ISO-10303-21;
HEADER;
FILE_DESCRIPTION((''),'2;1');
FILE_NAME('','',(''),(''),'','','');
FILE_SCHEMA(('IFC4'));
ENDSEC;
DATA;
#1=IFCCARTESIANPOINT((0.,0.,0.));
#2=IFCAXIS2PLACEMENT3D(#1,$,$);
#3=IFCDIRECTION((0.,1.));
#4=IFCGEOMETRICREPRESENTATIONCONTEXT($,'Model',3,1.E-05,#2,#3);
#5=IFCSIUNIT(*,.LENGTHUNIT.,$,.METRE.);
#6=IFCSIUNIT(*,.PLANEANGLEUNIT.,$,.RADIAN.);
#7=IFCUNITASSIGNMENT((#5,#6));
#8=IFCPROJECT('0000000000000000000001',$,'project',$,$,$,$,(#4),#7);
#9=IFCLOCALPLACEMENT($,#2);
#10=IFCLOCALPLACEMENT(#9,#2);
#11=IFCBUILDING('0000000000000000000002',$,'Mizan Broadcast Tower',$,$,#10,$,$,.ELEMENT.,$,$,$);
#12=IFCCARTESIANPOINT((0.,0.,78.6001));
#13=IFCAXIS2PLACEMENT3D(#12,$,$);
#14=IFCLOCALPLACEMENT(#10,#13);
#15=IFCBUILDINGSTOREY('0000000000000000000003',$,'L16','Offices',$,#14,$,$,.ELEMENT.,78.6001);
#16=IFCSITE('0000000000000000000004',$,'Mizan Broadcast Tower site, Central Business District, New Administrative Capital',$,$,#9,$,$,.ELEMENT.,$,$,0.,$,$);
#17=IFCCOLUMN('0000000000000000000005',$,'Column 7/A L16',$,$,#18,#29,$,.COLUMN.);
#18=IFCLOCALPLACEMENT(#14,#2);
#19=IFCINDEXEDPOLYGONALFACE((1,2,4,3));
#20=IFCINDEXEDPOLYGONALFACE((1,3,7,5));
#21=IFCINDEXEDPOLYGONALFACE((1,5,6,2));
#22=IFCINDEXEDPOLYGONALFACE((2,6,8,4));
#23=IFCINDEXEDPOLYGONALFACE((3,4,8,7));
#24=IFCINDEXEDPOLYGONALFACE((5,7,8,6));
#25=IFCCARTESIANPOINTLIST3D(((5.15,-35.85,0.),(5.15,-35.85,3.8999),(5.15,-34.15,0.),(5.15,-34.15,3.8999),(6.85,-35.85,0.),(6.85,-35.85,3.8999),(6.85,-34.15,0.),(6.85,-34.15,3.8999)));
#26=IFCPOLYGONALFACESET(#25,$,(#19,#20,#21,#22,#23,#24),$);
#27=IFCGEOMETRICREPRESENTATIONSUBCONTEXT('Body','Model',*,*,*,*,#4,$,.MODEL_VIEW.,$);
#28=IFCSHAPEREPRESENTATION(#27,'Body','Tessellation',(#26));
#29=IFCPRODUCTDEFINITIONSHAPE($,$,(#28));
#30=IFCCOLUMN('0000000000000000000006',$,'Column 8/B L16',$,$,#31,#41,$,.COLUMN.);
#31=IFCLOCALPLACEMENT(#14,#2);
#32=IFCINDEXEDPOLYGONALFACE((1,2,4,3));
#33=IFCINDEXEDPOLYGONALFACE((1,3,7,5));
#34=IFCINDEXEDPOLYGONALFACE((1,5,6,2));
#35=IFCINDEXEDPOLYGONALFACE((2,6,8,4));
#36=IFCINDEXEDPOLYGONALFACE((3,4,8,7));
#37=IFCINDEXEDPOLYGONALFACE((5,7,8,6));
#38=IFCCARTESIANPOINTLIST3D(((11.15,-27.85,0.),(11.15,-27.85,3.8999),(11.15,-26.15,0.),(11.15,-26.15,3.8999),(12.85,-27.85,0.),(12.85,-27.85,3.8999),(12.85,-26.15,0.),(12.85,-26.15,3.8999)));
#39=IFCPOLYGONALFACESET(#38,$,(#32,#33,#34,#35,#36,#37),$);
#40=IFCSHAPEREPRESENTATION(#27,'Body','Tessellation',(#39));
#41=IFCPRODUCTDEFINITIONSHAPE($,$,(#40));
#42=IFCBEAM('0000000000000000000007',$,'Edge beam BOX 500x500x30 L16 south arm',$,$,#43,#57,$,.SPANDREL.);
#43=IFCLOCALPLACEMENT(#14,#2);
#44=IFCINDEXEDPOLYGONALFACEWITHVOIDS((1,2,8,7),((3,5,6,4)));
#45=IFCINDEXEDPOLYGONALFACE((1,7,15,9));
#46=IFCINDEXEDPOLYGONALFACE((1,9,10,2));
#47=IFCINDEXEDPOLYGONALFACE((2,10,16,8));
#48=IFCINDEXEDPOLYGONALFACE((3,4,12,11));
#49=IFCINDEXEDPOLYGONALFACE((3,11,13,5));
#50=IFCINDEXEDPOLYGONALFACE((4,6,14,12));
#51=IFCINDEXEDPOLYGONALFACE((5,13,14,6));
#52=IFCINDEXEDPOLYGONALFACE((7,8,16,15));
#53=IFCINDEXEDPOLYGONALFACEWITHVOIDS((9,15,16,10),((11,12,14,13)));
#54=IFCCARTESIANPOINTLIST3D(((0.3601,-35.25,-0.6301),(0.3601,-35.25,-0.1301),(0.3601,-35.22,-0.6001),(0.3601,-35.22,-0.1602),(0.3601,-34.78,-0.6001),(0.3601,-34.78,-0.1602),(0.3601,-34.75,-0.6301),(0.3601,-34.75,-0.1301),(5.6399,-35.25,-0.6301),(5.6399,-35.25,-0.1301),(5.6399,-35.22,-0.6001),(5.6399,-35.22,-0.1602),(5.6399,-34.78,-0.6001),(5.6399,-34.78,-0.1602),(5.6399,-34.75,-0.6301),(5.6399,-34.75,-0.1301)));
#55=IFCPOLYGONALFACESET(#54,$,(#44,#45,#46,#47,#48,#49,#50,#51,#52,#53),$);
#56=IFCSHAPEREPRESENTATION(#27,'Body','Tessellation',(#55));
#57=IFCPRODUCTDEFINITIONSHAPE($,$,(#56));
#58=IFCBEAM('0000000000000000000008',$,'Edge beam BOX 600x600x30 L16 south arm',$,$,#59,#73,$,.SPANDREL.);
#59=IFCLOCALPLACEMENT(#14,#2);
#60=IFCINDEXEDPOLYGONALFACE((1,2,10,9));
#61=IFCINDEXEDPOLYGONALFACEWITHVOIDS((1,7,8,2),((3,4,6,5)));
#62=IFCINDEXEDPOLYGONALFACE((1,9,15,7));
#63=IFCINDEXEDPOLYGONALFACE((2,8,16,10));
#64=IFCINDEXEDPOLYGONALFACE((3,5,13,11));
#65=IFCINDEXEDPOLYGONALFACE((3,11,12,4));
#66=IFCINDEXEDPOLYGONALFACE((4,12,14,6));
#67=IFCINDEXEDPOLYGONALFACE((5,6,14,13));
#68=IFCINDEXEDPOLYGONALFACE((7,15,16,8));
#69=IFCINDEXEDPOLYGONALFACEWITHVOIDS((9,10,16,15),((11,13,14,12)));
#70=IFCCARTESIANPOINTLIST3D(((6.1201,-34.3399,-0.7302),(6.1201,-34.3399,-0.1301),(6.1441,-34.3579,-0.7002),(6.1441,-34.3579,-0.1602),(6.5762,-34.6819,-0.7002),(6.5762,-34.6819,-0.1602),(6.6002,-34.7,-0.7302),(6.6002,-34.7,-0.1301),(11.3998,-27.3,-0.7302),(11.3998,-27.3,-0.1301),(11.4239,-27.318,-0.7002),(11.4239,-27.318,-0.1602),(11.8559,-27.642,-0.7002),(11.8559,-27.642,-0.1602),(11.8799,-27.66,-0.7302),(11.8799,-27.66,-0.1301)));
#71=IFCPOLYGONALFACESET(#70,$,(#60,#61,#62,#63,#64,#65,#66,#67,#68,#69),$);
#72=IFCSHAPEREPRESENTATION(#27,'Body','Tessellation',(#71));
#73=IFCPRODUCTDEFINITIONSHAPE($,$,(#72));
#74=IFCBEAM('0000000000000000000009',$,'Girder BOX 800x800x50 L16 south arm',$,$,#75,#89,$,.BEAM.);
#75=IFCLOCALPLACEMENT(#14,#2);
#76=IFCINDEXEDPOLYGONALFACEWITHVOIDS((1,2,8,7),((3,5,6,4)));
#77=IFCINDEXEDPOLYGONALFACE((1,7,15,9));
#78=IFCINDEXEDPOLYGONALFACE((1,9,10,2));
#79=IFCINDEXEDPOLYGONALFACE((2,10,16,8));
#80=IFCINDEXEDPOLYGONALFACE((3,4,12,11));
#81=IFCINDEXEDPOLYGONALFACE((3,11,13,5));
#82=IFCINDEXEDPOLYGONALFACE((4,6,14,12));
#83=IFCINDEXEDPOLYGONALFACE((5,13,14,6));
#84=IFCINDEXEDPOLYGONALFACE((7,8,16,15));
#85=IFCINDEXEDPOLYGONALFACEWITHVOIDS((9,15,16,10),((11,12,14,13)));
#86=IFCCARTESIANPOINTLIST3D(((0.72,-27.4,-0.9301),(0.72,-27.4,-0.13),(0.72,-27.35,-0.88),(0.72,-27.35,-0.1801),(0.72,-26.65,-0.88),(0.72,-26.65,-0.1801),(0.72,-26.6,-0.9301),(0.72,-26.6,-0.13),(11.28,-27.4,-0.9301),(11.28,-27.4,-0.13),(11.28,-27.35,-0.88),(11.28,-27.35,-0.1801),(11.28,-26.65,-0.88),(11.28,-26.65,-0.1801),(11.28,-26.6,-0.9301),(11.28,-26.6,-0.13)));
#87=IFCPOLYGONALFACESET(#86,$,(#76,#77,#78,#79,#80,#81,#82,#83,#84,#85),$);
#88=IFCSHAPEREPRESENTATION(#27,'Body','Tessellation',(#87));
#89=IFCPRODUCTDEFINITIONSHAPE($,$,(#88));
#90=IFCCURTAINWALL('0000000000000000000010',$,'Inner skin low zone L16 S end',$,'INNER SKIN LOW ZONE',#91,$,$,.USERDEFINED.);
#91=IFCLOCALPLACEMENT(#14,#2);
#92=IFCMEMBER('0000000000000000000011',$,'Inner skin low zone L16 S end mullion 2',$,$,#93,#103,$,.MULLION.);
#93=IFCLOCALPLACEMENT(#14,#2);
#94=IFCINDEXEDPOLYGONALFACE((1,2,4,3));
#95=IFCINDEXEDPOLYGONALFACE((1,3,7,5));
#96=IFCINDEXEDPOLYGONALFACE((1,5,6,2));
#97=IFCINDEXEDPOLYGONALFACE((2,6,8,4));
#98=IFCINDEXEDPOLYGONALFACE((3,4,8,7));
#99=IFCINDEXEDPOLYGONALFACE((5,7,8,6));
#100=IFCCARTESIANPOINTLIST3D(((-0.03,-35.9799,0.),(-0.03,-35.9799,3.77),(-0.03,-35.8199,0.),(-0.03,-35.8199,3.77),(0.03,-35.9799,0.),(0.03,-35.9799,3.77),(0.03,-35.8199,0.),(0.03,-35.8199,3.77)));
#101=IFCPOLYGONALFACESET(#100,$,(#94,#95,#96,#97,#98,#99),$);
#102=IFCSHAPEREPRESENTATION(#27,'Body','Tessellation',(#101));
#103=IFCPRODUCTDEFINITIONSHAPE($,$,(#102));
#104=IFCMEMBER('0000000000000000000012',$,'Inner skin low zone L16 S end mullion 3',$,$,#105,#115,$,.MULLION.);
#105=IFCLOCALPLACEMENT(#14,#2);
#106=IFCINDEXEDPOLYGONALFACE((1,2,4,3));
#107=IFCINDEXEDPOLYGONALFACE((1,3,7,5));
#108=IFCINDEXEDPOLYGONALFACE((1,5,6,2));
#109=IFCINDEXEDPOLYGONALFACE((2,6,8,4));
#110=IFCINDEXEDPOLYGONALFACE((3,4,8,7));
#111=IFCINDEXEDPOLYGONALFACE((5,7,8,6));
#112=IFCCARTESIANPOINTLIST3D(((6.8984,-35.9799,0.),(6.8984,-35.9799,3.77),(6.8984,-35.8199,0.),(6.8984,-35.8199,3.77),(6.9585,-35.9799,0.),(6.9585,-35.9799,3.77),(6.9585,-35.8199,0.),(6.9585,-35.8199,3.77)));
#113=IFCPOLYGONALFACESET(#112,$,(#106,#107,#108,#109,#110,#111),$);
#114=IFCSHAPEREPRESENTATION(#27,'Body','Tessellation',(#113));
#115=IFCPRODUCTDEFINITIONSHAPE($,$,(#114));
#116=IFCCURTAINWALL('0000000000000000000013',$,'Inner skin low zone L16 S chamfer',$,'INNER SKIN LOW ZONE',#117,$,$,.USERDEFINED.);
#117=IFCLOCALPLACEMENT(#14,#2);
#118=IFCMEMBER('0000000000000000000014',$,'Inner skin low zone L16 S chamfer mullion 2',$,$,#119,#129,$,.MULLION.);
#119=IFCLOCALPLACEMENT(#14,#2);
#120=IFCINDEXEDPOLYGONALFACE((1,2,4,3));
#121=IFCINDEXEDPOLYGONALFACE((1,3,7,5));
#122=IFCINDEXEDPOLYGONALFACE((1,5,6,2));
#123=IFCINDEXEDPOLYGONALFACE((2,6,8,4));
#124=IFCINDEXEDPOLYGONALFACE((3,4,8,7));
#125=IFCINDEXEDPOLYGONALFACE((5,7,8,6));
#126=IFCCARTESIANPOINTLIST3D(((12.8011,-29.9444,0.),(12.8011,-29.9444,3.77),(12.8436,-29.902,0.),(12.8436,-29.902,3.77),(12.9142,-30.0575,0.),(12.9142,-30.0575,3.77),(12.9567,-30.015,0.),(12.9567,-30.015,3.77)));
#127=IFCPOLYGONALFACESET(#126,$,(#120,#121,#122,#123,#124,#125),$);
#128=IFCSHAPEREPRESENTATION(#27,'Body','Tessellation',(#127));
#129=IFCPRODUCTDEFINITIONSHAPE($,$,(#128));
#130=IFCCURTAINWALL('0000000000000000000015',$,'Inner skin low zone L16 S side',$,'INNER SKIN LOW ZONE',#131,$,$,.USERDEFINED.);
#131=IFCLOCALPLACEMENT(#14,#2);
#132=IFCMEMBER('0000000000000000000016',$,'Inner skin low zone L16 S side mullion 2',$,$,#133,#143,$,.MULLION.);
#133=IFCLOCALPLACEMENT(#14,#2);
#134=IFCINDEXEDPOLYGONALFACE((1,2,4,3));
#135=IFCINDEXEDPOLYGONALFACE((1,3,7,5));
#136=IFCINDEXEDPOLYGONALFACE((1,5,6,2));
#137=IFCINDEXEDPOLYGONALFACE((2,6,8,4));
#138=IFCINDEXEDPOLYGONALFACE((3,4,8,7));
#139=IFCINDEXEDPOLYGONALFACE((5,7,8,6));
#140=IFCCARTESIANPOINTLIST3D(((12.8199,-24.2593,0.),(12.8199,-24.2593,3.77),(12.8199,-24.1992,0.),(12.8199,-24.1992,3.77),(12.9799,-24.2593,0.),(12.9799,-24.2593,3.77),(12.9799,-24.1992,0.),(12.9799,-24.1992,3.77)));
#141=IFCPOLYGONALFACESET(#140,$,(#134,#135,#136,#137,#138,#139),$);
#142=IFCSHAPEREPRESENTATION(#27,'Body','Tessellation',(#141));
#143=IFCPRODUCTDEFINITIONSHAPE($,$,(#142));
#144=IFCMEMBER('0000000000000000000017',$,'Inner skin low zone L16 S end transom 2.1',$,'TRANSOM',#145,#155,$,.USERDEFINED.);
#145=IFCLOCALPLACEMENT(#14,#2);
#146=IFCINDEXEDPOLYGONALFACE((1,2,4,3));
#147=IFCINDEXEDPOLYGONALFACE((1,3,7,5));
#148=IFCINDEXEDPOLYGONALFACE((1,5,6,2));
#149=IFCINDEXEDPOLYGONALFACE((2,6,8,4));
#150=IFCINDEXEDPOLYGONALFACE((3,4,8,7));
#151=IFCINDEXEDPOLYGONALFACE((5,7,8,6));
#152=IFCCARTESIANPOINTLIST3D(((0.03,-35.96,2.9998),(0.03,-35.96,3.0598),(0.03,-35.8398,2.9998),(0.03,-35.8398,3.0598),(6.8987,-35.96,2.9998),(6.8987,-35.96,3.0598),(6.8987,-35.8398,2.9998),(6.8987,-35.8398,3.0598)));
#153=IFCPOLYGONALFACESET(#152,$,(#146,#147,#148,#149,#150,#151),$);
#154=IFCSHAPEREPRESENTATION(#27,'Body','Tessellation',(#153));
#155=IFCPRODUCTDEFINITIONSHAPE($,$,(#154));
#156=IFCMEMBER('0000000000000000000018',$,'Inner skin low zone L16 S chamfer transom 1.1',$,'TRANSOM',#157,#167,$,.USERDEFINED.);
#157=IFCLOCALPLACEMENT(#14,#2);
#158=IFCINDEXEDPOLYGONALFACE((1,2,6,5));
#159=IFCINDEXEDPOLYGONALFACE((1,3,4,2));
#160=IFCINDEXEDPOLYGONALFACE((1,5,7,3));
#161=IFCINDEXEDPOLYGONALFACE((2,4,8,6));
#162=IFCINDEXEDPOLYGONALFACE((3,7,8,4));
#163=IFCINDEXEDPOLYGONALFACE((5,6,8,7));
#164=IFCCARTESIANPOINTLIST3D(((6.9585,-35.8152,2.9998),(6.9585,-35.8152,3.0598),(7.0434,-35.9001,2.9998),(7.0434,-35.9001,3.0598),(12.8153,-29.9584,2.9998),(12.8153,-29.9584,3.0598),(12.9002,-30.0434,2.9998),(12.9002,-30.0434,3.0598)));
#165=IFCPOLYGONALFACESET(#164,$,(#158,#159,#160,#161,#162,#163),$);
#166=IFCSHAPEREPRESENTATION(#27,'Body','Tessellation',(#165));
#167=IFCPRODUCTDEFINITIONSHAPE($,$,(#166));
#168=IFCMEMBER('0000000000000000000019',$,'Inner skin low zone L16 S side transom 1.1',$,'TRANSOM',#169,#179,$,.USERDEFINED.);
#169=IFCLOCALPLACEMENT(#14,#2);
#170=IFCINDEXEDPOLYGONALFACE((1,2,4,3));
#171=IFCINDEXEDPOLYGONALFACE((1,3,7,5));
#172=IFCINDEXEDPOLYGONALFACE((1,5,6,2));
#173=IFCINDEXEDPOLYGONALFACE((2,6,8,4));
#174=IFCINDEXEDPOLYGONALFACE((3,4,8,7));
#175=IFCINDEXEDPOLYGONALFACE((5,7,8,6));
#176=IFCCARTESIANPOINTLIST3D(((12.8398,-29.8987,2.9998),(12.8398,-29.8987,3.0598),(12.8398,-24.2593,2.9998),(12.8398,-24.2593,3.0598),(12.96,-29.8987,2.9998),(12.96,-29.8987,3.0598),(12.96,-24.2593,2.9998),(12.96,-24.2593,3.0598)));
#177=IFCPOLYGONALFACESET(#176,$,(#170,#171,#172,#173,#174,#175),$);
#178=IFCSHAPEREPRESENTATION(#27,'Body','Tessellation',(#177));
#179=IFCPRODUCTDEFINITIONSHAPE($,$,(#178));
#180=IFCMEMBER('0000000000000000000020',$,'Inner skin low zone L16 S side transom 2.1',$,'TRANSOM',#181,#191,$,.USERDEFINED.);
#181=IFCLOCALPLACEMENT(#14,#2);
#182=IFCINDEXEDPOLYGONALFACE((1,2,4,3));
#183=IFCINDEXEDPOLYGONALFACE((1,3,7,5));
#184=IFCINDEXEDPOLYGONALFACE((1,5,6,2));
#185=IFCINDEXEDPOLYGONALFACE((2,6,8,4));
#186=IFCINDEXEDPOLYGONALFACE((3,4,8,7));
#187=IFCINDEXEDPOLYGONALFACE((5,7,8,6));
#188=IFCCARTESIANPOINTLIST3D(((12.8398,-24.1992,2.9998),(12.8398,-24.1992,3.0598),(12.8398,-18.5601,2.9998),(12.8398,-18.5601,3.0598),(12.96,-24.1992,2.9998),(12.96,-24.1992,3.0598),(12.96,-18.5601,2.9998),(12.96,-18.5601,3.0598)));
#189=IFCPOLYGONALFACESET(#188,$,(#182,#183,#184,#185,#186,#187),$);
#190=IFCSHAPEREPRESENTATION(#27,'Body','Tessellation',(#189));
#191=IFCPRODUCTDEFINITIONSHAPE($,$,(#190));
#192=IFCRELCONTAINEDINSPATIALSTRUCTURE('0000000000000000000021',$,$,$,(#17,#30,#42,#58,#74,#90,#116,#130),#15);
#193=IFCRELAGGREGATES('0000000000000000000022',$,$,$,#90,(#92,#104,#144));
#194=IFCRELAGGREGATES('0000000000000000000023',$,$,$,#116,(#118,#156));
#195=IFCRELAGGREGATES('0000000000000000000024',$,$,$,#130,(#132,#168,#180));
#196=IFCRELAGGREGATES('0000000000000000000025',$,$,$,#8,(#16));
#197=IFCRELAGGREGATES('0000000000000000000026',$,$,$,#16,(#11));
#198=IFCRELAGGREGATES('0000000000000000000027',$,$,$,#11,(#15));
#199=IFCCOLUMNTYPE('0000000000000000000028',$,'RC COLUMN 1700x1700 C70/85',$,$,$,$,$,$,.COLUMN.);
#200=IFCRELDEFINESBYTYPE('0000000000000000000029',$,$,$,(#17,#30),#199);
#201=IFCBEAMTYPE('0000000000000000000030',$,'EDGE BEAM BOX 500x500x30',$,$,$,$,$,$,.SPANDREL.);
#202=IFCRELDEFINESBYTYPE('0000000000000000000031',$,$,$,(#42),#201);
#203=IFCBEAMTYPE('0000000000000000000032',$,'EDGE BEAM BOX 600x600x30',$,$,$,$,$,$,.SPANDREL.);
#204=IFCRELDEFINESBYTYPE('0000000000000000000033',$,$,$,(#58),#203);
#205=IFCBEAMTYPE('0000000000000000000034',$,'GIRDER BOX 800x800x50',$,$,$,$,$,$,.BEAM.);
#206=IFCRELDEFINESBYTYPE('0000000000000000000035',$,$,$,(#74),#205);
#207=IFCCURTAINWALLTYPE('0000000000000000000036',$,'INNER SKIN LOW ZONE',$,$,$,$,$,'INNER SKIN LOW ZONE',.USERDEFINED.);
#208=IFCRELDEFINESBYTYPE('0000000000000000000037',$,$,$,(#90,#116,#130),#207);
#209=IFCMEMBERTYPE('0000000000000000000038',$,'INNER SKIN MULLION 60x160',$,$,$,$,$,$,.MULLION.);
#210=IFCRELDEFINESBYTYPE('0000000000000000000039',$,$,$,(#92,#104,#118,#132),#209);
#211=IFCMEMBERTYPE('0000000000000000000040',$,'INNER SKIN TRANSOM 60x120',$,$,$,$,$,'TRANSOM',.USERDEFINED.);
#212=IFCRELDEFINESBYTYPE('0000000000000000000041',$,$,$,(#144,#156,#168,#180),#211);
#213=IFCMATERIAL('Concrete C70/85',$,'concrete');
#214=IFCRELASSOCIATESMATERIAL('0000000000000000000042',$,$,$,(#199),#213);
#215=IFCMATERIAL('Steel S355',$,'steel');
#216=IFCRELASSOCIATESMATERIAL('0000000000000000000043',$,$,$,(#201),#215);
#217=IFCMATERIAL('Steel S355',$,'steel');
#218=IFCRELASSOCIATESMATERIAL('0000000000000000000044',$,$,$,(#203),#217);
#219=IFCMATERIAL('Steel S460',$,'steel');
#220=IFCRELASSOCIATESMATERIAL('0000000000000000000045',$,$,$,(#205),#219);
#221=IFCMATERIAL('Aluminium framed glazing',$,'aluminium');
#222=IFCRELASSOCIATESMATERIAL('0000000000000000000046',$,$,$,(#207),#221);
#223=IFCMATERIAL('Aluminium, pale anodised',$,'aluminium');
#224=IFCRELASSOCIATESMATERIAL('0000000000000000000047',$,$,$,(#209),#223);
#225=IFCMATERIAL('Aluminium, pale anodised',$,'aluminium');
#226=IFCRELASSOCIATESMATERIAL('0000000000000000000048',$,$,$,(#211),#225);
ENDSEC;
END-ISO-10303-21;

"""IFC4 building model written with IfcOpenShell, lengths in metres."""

from ifc_helpers import new_model, si_unit, direction, frame, origin, origin_2d, place, context, subcontext, project, spatial, rectangle, hollow_rectangle, extrude, material, material_profile, profile_set, type_object, element, aggregate, save


model = new_model("IFC4")

# Units and contexts
model_context = context("Model", 3, precision=1e-05, world=origin(), true_north=direction((0.0, 1.0)))
body_context = subcontext(model_context, "Body", "Model", "MODEL_VIEW")
ifc_project = project(units=[si_unit("LENGTHUNIT", "METRE"), si_unit("PLANEANGLEUNIT", "RADIAN")], contexts=[model_context])

# Site, building, storey
site_placement = place(None, origin())
site = spatial("IfcSite", under=ifc_project, at=site_placement, Name="Mizan Broadcast Tower site, Central Business District, New Administrative Capital", CompositionType="ELEMENT", RefElevation=0.0)
building_placement = place(site_placement, origin())
building = spatial("IfcBuilding", under=site, at=building_placement, Name="Mizan Broadcast Tower", CompositionType="ELEMENT")
storey_placement = place(building_placement, frame((0.0, 0.0, 78.6001)))
storey = spatial("IfcBuildingStorey", under=building, at=storey_placement, Name="L16", Description="Offices", CompositionType="ELEMENT", Elevation=78.6001)

# Columns
ifc_material_1 = material(Name="Concrete C70/85", Category="concrete")
ifc_material_profile_1 = material_profile(ifc_material_1, rectangle(XDim=1.7, YDim=1.7, at=origin_2d()), Name="RC 1700x1700")
ifc_profile_set_1 = profile_set([ifc_material_profile_1], Name="Concrete C70/85")
column_type = type_object("IfcColumnType", Name="RC COLUMN 1700x1700 C70/85", PredefinedType="COLUMN", material=ifc_profile_set_1)
for number, where, z_axis, x_axis, name in (
    (1, (6.0, -35.0, 0.0), (0.0, 0.0, 1.0), (1.0, 0.0, 0.0), "Column 7/A L16"),
    (2, (12.0, -27.0, 0.0), (0.0, 0.0, 1.0), (1.0, 0.0, 0.0), "Column 8/B L16"),
):
    element("IfcColumn", number, at=place(storey_placement, frame(where, z_axis=z_axis, x_axis=x_axis)), inside=storey, type_object=column_type, Name=name, PredefinedType="COLUMN", context=body_context, shape_type="SweptSolid", body=[
        extrude(rectangle(XDim=1.7, YDim=1.7, at=origin_2d()), origin(), (0.0, 0.0, 1.0), 3.8999),
    ])

# Beams
ifc_material_2 = material(Name="Steel S355", Category="steel")
ifc_material_profile_2 = material_profile(ifc_material_2, hollow_rectangle(XDim=0.5, YDim=0.5, WallThickness=0.03, at=origin_2d()), Name="BOX 500x500x30")
ifc_profile_set_2 = profile_set([ifc_material_profile_2], Name="Steel S355")
beam_type_1 = type_object("IfcBeamType", Name="EDGE BEAM BOX 500x500x30", PredefinedType="SPANDREL", material=ifc_profile_set_2)
beam_1_placement = place(storey_placement, frame((5.6399, -35.0, -0.3801), z_axis=(-1.0, 0.0, 0.0), x_axis=(0.0, -1.0, 0.0)))
element("IfcBeam", 3, at=beam_1_placement, inside=storey, type_object=beam_type_1, Name="Edge beam BOX 500x500x30 L16 south arm", PredefinedType="SPANDREL", context=body_context, shape_type="SweptSolid", body=[
    extrude(hollow_rectangle(XDim=0.5, YDim=0.5, WallThickness=0.03, at=origin_2d()), origin(), (0.0, 0.0, 1.0), 5.2798),
])
ifc_material_3 = material(Name="Steel S355", Category="steel")
ifc_material_profile_3 = material_profile(ifc_material_3, hollow_rectangle(XDim=0.6001, YDim=0.6001, WallThickness=0.03, at=origin_2d()), Name="BOX 600x600x30")
ifc_profile_set_3 = profile_set([ifc_material_profile_3], Name="Steel S355")
beam_type_2 = type_object("IfcBeamType", Name="EDGE BEAM BOX 600x600x30", PredefinedType="SPANDREL", material=ifc_profile_set_3)
beam_2_placement = place(storey_placement, frame((11.6399, -27.48, -0.4302), z_axis=(-0.599982, -0.800013, 0.0), x_axis=(0.800013, -0.599982, 0.0)))
element("IfcBeam", 4, at=beam_2_placement, inside=storey, type_object=beam_type_2, Name="Edge beam BOX 600x600x30 L16 south arm", PredefinedType="SPANDREL", context=body_context, shape_type="SweptSolid", body=[
    extrude(hollow_rectangle(XDim=0.6001, YDim=0.6001, WallThickness=0.03, at=origin_2d()), origin(), (0.0, 0.0, 1.0), 8.7998),
])
ifc_material_4 = material(Name="Steel S460", Category="steel")
ifc_material_profile_4 = material_profile(ifc_material_4, hollow_rectangle(XDim=0.8, YDim=0.8, WallThickness=0.05, at=origin_2d()), Name="BOX 800x800x50")
ifc_profile_set_4 = profile_set([ifc_material_profile_4], Name="Steel S460")
beam_type_3 = type_object("IfcBeamType", Name="GIRDER BOX 800x800x50", PredefinedType="BEAM", material=ifc_profile_set_4)
beam_3_placement = place(storey_placement, frame((11.28, -27.0, -0.53), z_axis=(-1.0, 0.0, 0.0), x_axis=(0.0, -1.0, 0.0)))
element("IfcBeam", 5, at=beam_3_placement, inside=storey, type_object=beam_type_3, Name="Girder BOX 800x800x50 L16 south arm", PredefinedType="BEAM", context=body_context, shape_type="SweptSolid", body=[
    extrude(hollow_rectangle(XDim=0.8, YDim=0.8, WallThickness=0.05, at=origin_2d()), origin(), (0.0, 0.0, 1.0), 10.5601),
])

# Curtain wall, members
ifc_material_5 = material(Name="Aluminium framed glazing", Category="aluminium")
curtain_wall_type_1 = type_object("IfcCurtainWallType", Name="INNER SKIN LOW ZONE", ElementType="INNER SKIN LOW ZONE", PredefinedType="USERDEFINED", material=ifc_material_5)
curtain_wall_1_placement = place(storey_placement, origin())
curtain_wall_1 = element("IfcCurtainWall", 6, at=curtain_wall_1_placement, inside=storey, type_object=curtain_wall_type_1, Name="Inner skin low zone L16 S end", ObjectType="INNER SKIN LOW ZONE", PredefinedType="USERDEFINED")
ifc_material_6 = material(Name="Aluminium, pale anodised", Category="aluminium")
ifc_material_profile_5 = material_profile(ifc_material_6, rectangle(XDim=0.1599, YDim=0.0601, at=origin_2d()), Name="MULLION 160x60")
ifc_profile_set_5 = profile_set([ifc_material_profile_5], Name="Aluminium, pale anodised")
member_type_1 = type_object("IfcMemberType", Name="INNER SKIN MULLION 60x160", PredefinedType="MULLION", material=ifc_profile_set_5)
member_1_placement = place(storey_placement, frame((0.0, -35.8999, 0.0), z_axis=(0.0, 0.0, 1.0), x_axis=(0.0, 1.0, 0.0)))
member_1 = element("IfcMember", 7, at=member_1_placement, type_object=member_type_1, Name="Inner skin low zone L16 S end mullion 2", PredefinedType="MULLION", context=body_context, shape_type="SweptSolid", body=[
    extrude(rectangle(XDim=0.1599, YDim=0.0601, at=origin_2d()), origin(), (0.0, 0.0, 1.0), 3.77),
])
member_2_placement = place(storey_placement, frame((6.9285, -35.8999, 0.0), z_axis=(0.0, 0.0, 1.0), x_axis=(0.0, 1.0, 0.0)))
member_2 = element("IfcMember", 8, at=member_2_placement, type_object=member_type_1, Name="Inner skin low zone L16 S end mullion 3", PredefinedType="MULLION", context=body_context, shape_type="SweptSolid", body=[
    extrude(rectangle(XDim=0.1599, YDim=0.0601, at=origin_2d()), origin(), (0.0, 0.0, 1.0), 3.77),
])

# Curtain walls, members
curtain_wall_2_placement = place(storey_placement, origin())
curtain_wall_2 = element("IfcCurtainWall", 9, at=curtain_wall_2_placement, inside=storey, type_object=curtain_wall_type_1, Name="Inner skin low zone L16 S chamfer", ObjectType="INNER SKIN LOW ZONE", PredefinedType="USERDEFINED")
member_3_placement = place(storey_placement, frame((12.8789, -29.9797, 0.0), z_axis=(0.0, 0.0, 1.0), x_axis=(-0.707107, 0.707107, 0.0)))
member_3 = element("IfcMember", 10, at=member_3_placement, type_object=member_type_1, Name="Inner skin low zone L16 S chamfer mullion 2", PredefinedType="MULLION", context=body_context, shape_type="SweptSolid", body=[
    extrude(rectangle(XDim=0.1599, YDim=0.0601, at=origin_2d()), origin(), (0.0, 0.0, 1.0), 3.77),
])
curtain_wall_3_placement = place(storey_placement, origin())
curtain_wall_3 = element("IfcCurtainWall", 11, at=curtain_wall_3_placement, inside=storey, type_object=curtain_wall_type_1, Name="Inner skin low zone L16 S side", ObjectType="INNER SKIN LOW ZONE", PredefinedType="USERDEFINED")
member_4_placement = place(storey_placement, frame((12.8999, -24.2292, 0.0), z_axis=(0.0, 0.0, 1.0), x_axis=(-1.0, 0.0, 0.0)))
member_4 = element("IfcMember", 12, at=member_4_placement, type_object=member_type_1, Name="Inner skin low zone L16 S side mullion 2", PredefinedType="MULLION", context=body_context, shape_type="SweptSolid", body=[
    extrude(rectangle(XDim=0.1599, YDim=0.0601, at=origin_2d()), origin(), (0.0, 0.0, 1.0), 3.77),
])

# Members
ifc_material_7 = material(Name="Aluminium, pale anodised", Category="aluminium")
ifc_material_profile_6 = material_profile(ifc_material_7, rectangle(XDim=0.1201, YDim=0.0601, at=origin_2d()), Name="TRANSOM 120x60")
ifc_profile_set_6 = profile_set([ifc_material_profile_6], Name="Aluminium, pale anodised")
member_type_2 = type_object("IfcMemberType", Name="INNER SKIN TRANSOM 60x120", ElementType="TRANSOM", PredefinedType="USERDEFINED", material=ifc_profile_set_6)
member_5_placement = place(storey_placement, frame((0.03, -35.8999, 3.0298), z_axis=(1.0, 0.0, 0.0), x_axis=(0.0, 1.0, 0.0)))
member_5 = element("IfcMember", 13, at=member_5_placement, type_object=member_type_2, Name="Inner skin low zone L16 S end transom 2.1", ObjectType="TRANSOM", PredefinedType="USERDEFINED", context=body_context, shape_type="SweptSolid", body=[
    extrude(rectangle(XDim=0.1201, YDim=0.0601, at=origin_2d()), origin(), (0.0, 0.0, 1.0), 6.8687),
])
member_6_placement = place(storey_placement, frame((7.001, -35.8577, 3.0298), z_axis=(0.707107, 0.707107, 0.0), x_axis=(-0.707107, 0.707107, 0.0)))
member_6 = element("IfcMember", 14, at=member_6_placement, type_object=member_type_2, Name="Inner skin low zone L16 S chamfer transom 1.1", ObjectType="TRANSOM", PredefinedType="USERDEFINED", context=body_context, shape_type="SweptSolid", body=[
    extrude(rectangle(XDim=0.1201, YDim=0.0601, at=origin_2d()), origin(), (0.0, 0.0, 1.0), 8.2827),
])
member_7_placement = place(storey_placement, frame((12.8999, -29.8987, 3.0298), z_axis=(0.0, 1.0, 0.0), x_axis=(-1.0, 0.0, 0.0)))
member_7 = element("IfcMember", 15, at=member_7_placement, type_object=member_type_2, Name="Inner skin low zone L16 S side transom 1.1", ObjectType="TRANSOM", PredefinedType="USERDEFINED", context=body_context, shape_type="SweptSolid", body=[
    extrude(rectangle(XDim=0.1201, YDim=0.0601, at=origin_2d()), origin(), (0.0, 0.0, 1.0), 5.6394),
])
member_8_placement = place(storey_placement, frame((12.8999, -24.1992, 3.0298), z_axis=(0.0, 1.0, 0.0), x_axis=(-1.0, 0.0, 0.0)))
member_8 = element("IfcMember", 16, at=member_8_placement, type_object=member_type_2, Name="Inner skin low zone L16 S side transom 2.1", ObjectType="TRANSOM", PredefinedType="USERDEFINED", context=body_context, shape_type="SweptSolid", body=[
    extrude(rectangle(XDim=0.1201, YDim=0.0601, at=origin_2d()), origin(), (0.0, 0.0, 1.0), 5.6392),
])

aggregate(curtain_wall_1, [member_1, member_2, member_5])
aggregate(curtain_wall_2, [member_3, member_6])
aggregate(curtain_wall_3, [member_4, member_7, member_8])

save(model, "model.ifc")
